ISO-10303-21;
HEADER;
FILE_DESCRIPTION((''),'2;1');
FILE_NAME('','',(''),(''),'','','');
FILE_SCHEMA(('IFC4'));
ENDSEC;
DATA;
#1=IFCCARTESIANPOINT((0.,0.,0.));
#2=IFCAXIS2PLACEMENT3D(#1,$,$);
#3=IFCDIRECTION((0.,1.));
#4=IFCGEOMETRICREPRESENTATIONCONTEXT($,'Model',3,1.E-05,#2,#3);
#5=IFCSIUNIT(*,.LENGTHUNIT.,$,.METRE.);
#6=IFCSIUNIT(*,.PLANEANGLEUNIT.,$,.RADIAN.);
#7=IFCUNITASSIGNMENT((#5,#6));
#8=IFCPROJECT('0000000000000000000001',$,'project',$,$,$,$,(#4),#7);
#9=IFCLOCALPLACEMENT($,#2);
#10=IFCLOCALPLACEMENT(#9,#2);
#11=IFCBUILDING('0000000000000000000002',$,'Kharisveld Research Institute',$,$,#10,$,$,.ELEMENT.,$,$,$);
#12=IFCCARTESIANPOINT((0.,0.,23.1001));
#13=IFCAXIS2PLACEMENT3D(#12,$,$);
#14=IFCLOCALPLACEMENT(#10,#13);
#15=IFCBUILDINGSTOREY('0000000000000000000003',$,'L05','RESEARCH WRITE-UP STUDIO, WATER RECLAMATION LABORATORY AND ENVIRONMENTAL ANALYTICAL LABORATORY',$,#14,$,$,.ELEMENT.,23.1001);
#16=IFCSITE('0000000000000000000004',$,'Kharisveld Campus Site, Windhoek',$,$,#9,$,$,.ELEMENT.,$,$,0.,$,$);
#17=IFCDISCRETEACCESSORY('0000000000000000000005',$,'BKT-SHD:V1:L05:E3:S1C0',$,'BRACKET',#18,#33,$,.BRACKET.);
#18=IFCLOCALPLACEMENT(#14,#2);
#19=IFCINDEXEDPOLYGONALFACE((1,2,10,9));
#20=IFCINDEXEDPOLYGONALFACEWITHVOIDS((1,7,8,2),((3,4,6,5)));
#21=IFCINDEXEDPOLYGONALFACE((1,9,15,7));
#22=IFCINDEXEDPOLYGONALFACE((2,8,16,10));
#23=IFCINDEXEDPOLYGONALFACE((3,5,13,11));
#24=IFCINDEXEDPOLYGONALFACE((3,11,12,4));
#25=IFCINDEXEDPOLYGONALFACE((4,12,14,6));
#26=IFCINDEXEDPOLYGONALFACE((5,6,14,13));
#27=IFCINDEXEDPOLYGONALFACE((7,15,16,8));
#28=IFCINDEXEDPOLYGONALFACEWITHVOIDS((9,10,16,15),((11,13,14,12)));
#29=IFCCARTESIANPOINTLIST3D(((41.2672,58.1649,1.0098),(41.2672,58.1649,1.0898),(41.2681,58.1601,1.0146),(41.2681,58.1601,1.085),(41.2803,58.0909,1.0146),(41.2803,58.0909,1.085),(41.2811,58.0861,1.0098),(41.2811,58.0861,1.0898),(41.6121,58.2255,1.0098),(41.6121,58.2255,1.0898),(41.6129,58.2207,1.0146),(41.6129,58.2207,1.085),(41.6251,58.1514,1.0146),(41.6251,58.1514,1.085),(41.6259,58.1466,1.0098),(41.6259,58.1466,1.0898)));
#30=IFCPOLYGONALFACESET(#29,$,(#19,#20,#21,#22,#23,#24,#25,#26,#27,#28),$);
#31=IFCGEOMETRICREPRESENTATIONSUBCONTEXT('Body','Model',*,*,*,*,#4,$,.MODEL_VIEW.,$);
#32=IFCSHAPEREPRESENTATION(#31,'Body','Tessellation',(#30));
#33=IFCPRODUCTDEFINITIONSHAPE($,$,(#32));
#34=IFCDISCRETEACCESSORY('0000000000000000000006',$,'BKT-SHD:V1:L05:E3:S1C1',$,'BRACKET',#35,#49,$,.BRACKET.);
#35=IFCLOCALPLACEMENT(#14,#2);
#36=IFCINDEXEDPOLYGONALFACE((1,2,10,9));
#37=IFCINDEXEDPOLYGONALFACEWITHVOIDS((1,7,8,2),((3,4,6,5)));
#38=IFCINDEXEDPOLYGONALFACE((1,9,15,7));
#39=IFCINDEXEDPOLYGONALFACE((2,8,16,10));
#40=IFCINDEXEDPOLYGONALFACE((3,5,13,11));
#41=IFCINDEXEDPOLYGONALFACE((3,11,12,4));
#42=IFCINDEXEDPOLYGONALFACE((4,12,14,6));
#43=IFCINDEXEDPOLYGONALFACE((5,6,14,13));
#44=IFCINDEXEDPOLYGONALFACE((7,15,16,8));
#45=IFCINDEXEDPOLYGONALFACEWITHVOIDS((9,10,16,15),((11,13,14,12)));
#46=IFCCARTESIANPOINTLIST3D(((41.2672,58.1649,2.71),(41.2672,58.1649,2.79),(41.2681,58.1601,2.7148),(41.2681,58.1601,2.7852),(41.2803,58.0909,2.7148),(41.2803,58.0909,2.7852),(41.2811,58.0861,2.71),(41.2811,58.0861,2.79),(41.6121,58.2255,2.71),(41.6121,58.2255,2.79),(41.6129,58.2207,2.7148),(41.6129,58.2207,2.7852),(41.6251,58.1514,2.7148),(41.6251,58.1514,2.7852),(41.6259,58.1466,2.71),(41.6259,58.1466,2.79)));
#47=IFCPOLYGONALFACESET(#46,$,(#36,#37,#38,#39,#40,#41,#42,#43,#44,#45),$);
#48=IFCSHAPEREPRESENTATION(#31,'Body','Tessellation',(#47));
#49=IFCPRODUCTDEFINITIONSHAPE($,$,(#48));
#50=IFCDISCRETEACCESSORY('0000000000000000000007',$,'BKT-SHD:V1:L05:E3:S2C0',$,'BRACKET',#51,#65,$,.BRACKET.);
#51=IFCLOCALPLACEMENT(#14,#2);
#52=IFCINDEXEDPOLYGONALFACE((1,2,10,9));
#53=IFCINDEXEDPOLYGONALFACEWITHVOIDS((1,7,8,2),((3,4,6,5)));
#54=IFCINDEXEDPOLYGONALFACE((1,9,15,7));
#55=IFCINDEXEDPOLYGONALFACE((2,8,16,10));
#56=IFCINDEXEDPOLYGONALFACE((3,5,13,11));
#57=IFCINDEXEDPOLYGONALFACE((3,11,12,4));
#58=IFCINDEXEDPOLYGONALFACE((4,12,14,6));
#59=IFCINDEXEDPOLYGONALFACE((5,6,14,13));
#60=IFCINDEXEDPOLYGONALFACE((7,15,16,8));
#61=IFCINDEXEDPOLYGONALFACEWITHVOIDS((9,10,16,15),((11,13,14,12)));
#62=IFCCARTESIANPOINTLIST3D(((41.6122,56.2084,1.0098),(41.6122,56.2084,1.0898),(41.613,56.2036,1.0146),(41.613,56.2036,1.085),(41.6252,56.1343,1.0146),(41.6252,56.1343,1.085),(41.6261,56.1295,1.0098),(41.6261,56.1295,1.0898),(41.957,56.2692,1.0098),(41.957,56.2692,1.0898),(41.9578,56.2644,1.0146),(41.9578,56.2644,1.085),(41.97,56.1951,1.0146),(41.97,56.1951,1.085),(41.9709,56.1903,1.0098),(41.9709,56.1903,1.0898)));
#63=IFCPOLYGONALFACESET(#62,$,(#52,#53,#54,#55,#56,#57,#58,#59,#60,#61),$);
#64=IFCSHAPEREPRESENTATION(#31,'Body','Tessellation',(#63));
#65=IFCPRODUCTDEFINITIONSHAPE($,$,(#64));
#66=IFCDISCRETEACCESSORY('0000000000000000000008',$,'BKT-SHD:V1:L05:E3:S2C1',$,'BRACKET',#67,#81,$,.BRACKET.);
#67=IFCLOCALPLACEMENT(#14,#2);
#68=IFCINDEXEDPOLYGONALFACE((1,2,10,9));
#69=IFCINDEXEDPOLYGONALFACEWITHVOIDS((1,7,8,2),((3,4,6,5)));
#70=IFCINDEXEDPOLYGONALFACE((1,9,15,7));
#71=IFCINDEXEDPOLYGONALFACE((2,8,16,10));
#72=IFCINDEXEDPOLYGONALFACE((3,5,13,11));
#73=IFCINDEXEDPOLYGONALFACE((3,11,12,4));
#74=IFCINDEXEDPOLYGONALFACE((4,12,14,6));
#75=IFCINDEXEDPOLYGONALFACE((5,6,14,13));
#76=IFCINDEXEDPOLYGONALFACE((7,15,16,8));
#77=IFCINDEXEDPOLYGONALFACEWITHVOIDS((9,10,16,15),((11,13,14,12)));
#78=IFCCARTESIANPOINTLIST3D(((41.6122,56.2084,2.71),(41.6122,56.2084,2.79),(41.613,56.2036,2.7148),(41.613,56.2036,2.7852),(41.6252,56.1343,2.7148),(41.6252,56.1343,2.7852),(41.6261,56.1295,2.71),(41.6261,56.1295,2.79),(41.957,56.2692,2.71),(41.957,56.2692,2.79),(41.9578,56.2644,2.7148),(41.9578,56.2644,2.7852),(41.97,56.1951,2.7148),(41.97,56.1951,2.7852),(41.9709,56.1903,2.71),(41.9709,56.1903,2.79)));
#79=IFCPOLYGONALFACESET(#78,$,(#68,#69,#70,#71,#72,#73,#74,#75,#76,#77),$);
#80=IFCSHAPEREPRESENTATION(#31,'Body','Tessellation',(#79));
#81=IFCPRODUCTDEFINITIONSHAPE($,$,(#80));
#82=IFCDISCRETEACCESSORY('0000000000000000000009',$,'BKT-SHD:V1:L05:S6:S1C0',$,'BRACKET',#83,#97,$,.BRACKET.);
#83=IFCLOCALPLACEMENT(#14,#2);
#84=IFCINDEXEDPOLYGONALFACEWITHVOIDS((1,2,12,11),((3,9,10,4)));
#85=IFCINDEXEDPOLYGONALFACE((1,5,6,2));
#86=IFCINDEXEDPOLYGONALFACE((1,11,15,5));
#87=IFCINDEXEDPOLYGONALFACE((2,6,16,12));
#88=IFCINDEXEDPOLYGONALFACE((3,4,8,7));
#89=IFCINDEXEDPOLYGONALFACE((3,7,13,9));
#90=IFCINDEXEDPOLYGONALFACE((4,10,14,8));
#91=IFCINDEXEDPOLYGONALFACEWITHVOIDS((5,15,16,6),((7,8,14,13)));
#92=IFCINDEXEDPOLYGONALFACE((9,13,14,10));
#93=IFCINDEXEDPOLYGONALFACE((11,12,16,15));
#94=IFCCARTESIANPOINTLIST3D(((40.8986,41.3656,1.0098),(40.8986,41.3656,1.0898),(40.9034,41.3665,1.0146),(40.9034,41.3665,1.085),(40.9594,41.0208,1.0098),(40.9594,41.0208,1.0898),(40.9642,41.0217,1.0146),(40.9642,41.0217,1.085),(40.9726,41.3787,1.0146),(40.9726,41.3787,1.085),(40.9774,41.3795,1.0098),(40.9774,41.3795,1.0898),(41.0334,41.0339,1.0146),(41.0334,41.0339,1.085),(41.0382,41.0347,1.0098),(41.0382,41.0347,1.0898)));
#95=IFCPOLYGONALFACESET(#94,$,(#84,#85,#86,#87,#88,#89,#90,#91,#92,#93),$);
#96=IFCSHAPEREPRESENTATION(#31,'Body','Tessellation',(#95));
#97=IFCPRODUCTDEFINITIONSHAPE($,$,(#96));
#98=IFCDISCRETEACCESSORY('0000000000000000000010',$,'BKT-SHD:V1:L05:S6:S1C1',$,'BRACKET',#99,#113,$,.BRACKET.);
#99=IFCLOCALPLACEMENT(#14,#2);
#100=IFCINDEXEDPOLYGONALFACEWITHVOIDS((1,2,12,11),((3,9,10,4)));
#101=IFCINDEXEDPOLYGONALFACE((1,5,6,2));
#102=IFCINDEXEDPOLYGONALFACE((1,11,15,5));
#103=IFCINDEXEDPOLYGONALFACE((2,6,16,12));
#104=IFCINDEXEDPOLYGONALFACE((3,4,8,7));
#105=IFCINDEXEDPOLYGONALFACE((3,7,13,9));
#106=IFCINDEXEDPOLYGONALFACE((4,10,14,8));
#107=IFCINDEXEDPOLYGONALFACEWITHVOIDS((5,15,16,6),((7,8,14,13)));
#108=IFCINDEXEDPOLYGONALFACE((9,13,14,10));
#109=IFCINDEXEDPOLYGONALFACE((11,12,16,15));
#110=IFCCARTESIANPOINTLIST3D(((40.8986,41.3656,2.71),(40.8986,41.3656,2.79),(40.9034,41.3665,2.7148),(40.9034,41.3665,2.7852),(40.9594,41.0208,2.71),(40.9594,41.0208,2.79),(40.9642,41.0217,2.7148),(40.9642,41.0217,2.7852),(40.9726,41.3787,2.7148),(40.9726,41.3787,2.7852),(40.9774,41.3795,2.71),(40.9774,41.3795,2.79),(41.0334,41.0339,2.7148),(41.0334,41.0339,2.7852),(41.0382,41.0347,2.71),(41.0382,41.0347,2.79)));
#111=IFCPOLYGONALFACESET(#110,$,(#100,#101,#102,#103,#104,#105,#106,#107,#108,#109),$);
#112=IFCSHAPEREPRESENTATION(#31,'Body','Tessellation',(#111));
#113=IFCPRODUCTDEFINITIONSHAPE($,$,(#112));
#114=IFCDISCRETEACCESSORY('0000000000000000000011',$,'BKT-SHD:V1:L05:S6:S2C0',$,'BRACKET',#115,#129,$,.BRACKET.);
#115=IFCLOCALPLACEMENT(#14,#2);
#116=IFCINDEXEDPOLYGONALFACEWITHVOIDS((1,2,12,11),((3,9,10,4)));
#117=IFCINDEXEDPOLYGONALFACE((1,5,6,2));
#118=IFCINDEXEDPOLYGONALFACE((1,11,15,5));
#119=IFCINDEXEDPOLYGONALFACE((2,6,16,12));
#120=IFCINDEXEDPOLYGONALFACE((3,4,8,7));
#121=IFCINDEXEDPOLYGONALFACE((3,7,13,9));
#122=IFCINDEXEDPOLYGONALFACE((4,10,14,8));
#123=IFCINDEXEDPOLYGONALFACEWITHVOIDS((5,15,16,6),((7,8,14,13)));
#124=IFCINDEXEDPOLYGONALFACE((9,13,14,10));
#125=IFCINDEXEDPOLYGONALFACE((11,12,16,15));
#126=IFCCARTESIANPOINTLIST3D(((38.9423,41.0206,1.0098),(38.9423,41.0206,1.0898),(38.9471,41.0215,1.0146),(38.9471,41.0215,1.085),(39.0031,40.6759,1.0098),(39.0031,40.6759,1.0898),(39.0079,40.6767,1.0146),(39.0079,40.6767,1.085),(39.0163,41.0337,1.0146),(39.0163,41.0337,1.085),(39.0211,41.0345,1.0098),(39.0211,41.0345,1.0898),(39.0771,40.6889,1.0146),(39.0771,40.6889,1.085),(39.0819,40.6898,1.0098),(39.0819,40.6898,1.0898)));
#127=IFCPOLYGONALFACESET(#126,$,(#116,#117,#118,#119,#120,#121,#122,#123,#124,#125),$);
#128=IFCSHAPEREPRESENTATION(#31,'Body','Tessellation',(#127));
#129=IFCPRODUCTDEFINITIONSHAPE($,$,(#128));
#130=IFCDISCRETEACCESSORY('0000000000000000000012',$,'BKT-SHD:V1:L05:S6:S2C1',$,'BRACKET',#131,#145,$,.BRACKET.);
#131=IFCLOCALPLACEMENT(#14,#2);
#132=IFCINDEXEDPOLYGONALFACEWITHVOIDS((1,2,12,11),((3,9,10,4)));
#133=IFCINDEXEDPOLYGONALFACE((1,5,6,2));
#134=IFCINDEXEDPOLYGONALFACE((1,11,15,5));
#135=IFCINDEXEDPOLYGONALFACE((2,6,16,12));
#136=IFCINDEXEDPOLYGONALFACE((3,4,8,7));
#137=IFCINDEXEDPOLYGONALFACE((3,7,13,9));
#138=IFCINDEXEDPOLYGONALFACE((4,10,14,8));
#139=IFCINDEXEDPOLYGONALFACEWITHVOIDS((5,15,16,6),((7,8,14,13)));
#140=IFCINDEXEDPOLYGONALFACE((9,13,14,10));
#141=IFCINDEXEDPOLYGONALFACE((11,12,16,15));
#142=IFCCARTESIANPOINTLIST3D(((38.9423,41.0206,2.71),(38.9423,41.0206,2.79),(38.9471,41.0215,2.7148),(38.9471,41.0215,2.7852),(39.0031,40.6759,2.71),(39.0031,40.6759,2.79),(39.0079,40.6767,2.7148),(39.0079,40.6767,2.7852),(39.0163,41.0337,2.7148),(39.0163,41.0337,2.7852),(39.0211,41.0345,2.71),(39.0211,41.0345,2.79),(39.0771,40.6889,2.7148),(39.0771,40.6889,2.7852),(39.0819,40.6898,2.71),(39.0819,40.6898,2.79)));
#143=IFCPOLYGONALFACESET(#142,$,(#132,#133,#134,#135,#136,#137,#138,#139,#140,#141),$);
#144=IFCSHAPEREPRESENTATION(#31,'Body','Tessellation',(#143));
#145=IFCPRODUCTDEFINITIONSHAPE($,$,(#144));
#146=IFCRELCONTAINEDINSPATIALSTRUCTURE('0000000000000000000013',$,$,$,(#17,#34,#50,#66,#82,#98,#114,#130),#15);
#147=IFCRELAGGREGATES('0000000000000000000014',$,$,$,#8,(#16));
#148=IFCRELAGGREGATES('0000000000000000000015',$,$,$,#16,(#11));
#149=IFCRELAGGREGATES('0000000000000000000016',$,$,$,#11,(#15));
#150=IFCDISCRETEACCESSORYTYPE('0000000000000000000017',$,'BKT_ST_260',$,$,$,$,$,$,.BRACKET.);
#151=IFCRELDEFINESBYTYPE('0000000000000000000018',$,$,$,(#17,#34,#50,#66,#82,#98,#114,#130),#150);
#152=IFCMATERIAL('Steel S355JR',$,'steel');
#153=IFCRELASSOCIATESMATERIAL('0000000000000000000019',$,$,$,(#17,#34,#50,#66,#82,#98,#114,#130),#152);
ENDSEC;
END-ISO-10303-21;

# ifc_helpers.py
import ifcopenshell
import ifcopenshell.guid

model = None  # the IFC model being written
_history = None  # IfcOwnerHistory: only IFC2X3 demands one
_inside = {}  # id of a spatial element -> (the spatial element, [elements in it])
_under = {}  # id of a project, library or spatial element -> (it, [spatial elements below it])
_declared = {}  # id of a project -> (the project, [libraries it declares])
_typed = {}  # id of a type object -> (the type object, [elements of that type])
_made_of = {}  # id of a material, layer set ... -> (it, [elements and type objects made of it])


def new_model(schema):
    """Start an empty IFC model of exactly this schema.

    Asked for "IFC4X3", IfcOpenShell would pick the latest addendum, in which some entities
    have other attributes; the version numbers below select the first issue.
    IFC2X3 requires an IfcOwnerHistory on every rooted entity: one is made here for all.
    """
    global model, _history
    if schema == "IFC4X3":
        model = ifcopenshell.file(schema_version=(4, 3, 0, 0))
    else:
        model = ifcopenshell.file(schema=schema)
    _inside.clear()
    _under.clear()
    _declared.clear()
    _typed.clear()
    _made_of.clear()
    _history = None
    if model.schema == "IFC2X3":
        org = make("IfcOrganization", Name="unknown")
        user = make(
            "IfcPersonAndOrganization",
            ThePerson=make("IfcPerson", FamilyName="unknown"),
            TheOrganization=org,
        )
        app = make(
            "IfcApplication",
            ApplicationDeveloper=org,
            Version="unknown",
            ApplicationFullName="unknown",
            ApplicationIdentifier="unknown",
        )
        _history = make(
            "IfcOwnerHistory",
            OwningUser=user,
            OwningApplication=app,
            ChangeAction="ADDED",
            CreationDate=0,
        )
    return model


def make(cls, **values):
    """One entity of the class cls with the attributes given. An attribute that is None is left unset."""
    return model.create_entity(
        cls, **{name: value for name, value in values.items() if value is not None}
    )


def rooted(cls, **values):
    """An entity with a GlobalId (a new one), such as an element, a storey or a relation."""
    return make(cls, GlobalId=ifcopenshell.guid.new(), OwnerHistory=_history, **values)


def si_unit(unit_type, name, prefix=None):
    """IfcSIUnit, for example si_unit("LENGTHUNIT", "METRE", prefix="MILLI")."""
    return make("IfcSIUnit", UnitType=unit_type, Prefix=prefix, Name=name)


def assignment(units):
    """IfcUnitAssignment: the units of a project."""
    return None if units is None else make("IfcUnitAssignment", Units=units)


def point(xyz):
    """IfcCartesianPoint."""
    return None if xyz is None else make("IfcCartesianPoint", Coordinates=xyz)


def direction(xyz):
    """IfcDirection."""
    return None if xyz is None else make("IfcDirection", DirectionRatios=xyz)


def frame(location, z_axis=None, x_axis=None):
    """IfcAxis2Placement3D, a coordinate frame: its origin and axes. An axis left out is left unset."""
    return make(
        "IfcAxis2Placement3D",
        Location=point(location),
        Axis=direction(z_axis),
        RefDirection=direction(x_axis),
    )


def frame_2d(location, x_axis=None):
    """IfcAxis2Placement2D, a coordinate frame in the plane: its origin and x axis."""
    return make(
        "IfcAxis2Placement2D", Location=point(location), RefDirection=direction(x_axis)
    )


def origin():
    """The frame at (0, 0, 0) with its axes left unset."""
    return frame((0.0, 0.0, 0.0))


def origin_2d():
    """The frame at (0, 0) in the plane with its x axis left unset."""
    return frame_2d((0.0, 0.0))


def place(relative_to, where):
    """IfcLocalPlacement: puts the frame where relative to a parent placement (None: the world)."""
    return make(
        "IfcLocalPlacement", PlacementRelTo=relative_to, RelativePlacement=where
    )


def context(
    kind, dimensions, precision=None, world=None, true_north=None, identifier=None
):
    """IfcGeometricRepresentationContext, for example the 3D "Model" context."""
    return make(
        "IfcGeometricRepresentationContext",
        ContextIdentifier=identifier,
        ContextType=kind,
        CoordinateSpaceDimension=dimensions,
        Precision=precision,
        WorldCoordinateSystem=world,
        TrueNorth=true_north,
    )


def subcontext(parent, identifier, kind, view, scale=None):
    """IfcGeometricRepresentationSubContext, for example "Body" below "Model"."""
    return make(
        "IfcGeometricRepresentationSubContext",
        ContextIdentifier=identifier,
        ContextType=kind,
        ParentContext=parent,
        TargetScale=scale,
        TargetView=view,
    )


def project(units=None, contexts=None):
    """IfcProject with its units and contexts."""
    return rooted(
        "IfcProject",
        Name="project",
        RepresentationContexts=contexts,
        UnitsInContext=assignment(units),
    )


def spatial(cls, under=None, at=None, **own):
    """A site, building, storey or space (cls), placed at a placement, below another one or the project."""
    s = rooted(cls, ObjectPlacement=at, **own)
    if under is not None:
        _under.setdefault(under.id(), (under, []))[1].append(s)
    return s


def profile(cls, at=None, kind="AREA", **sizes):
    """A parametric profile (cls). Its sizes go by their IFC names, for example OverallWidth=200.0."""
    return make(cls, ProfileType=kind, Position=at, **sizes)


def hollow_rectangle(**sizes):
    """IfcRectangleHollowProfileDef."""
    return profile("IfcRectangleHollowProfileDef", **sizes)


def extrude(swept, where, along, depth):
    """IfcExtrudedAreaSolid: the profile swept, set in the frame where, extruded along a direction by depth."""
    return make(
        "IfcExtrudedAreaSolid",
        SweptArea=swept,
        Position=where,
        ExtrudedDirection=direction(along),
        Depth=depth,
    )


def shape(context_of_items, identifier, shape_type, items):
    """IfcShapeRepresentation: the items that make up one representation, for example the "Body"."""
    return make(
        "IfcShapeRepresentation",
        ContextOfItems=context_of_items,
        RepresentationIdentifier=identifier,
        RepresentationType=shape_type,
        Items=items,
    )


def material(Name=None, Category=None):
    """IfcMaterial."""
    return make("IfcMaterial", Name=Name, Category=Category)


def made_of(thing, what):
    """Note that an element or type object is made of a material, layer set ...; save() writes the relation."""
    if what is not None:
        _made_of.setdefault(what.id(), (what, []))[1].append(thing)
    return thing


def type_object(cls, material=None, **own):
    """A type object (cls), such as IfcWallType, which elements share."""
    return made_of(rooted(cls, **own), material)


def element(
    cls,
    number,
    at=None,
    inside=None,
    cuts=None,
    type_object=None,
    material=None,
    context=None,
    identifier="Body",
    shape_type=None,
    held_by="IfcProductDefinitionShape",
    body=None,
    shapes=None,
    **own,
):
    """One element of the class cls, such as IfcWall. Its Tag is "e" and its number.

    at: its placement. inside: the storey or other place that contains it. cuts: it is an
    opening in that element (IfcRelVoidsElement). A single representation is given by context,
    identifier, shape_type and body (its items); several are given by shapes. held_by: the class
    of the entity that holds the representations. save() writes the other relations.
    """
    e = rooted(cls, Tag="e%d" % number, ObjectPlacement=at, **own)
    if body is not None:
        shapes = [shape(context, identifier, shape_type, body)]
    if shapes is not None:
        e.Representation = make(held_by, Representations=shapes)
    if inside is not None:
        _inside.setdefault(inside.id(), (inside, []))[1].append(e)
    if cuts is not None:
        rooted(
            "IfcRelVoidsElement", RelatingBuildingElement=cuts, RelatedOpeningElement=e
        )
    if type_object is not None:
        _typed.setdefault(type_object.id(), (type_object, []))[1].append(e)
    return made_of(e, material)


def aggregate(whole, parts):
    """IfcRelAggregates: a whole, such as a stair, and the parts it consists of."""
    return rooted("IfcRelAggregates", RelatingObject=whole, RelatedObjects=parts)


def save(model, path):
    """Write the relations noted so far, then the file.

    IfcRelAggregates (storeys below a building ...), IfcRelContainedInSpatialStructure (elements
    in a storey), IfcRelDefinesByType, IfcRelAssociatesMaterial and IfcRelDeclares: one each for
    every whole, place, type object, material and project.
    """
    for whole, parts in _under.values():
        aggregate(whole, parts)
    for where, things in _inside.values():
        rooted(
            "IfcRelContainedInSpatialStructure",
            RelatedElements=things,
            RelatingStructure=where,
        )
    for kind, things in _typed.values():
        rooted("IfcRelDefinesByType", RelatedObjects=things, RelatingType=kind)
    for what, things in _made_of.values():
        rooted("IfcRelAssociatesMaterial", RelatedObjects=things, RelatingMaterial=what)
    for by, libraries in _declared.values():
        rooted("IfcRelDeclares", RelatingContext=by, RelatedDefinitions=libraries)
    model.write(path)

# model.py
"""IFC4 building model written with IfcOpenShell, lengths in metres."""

from ifc_helpers import new_model, si_unit, direction, frame, origin, origin_2d, place, context, subcontext, project, spatial, hollow_rectangle, extrude, material, type_object, element, save


model = new_model("IFC4")

# Units and contexts
model_context = context("Model", 3, precision=1e-05, world=origin(), true_north=direction((0.0, 1.0)))
body_context = subcontext(model_context, "Body", "Model", "MODEL_VIEW")
ifc_project = project(units=[si_unit("LENGTHUNIT", "METRE"), si_unit("PLANEANGLEUNIT", "RADIAN")], contexts=[model_context])

# Site, building, storey
site_placement = place(None, origin())
site = spatial("IfcSite", under=ifc_project, at=site_placement, Name="Kharisveld Campus Site, Windhoek", CompositionType="ELEMENT", RefElevation=0.0)
building_placement = place(site_placement, origin())
building = spatial("IfcBuilding", under=site, at=building_placement, Name="Kharisveld Research Institute", CompositionType="ELEMENT")
storey_placement = place(building_placement, frame((0.0, 0.0, 23.1001)))
storey = spatial("IfcBuildingStorey", under=building, at=storey_placement, Name="L05", Description="RESEARCH WRITE-UP STUDIO, WATER RECLAMATION LABORATORY AND ENVIRONMENTAL ANALYTICAL LABORATORY", CompositionType="ELEMENT", Elevation=23.1001)

# Discrete accessories
ifc_material_1 = material(Name="Steel S355JR", Category="steel")
discrete_accessory_type = type_object("IfcDiscreteAccessoryType", Name="BKT_ST_260", PredefinedType="BRACKET")
for number, where, z_axis, x_axis, name in (
    (1, (41.2742, 58.1255, 1.0498), (0.984924, 0.172989, 0.0), (-0.172989, 0.984924, 0.0), "BKT-SHD:V1:L05:E3:S1C0"),
    (2, (41.2742, 58.1255, 2.75), (0.984924, 0.172989, 0.0), (-0.172989, 0.984924, 0.0), "BKT-SHD:V1:L05:E3:S1C1"),
    (3, (41.6191, 56.1689, 1.0498), (0.984805, 0.173666, 0.0), (-0.173666, 0.984805, 0.0), "BKT-SHD:V1:L05:E3:S2C0"),
    (4, (41.6191, 56.1689, 2.75), (0.984805, 0.173666, 0.0), (-0.173666, 0.984805, 0.0), "BKT-SHD:V1:L05:E3:S2C1"),
    (5, (40.938, 41.3726, 1.0498), (0.173666, -0.984805, 0.0), (0.984805, 0.173666, 0.0), "BKT-SHD:V1:L05:S6:S1C0"),
    (6, (40.938, 41.3726, 2.75), (0.173666, -0.984805, 0.0), (0.984805, 0.173666, 0.0), "BKT-SHD:V1:L05:S6:S1C1"),
    (7, (38.9817, 41.0276, 1.0498), (0.173666, -0.984805, 0.0), (0.984805, 0.173666, 0.0), "BKT-SHD:V1:L05:S6:S2C0"),
    (8, (38.9817, 41.0276, 2.75), (0.173666, -0.984805, 0.0), (0.984805, 0.173666, 0.0), "BKT-SHD:V1:L05:S6:S2C1"),
):
    element("IfcDiscreteAccessory", number, at=place(storey_placement, frame(where, z_axis=z_axis, x_axis=x_axis)), inside=storey, type_object=discrete_accessory_type, material=ifc_material_1, Name=name, ObjectType="BRACKET", PredefinedType="BRACKET", context=body_context, shape_type="SweptSolid", body=[
        extrude(hollow_rectangle(XDim=0.0801, YDim=0.0801, WallThickness=0.0049, at=origin_2d()), origin(), (0.0, 0.0, 1.0), 0.3501),
    ])

save(model, "model.ifc")
